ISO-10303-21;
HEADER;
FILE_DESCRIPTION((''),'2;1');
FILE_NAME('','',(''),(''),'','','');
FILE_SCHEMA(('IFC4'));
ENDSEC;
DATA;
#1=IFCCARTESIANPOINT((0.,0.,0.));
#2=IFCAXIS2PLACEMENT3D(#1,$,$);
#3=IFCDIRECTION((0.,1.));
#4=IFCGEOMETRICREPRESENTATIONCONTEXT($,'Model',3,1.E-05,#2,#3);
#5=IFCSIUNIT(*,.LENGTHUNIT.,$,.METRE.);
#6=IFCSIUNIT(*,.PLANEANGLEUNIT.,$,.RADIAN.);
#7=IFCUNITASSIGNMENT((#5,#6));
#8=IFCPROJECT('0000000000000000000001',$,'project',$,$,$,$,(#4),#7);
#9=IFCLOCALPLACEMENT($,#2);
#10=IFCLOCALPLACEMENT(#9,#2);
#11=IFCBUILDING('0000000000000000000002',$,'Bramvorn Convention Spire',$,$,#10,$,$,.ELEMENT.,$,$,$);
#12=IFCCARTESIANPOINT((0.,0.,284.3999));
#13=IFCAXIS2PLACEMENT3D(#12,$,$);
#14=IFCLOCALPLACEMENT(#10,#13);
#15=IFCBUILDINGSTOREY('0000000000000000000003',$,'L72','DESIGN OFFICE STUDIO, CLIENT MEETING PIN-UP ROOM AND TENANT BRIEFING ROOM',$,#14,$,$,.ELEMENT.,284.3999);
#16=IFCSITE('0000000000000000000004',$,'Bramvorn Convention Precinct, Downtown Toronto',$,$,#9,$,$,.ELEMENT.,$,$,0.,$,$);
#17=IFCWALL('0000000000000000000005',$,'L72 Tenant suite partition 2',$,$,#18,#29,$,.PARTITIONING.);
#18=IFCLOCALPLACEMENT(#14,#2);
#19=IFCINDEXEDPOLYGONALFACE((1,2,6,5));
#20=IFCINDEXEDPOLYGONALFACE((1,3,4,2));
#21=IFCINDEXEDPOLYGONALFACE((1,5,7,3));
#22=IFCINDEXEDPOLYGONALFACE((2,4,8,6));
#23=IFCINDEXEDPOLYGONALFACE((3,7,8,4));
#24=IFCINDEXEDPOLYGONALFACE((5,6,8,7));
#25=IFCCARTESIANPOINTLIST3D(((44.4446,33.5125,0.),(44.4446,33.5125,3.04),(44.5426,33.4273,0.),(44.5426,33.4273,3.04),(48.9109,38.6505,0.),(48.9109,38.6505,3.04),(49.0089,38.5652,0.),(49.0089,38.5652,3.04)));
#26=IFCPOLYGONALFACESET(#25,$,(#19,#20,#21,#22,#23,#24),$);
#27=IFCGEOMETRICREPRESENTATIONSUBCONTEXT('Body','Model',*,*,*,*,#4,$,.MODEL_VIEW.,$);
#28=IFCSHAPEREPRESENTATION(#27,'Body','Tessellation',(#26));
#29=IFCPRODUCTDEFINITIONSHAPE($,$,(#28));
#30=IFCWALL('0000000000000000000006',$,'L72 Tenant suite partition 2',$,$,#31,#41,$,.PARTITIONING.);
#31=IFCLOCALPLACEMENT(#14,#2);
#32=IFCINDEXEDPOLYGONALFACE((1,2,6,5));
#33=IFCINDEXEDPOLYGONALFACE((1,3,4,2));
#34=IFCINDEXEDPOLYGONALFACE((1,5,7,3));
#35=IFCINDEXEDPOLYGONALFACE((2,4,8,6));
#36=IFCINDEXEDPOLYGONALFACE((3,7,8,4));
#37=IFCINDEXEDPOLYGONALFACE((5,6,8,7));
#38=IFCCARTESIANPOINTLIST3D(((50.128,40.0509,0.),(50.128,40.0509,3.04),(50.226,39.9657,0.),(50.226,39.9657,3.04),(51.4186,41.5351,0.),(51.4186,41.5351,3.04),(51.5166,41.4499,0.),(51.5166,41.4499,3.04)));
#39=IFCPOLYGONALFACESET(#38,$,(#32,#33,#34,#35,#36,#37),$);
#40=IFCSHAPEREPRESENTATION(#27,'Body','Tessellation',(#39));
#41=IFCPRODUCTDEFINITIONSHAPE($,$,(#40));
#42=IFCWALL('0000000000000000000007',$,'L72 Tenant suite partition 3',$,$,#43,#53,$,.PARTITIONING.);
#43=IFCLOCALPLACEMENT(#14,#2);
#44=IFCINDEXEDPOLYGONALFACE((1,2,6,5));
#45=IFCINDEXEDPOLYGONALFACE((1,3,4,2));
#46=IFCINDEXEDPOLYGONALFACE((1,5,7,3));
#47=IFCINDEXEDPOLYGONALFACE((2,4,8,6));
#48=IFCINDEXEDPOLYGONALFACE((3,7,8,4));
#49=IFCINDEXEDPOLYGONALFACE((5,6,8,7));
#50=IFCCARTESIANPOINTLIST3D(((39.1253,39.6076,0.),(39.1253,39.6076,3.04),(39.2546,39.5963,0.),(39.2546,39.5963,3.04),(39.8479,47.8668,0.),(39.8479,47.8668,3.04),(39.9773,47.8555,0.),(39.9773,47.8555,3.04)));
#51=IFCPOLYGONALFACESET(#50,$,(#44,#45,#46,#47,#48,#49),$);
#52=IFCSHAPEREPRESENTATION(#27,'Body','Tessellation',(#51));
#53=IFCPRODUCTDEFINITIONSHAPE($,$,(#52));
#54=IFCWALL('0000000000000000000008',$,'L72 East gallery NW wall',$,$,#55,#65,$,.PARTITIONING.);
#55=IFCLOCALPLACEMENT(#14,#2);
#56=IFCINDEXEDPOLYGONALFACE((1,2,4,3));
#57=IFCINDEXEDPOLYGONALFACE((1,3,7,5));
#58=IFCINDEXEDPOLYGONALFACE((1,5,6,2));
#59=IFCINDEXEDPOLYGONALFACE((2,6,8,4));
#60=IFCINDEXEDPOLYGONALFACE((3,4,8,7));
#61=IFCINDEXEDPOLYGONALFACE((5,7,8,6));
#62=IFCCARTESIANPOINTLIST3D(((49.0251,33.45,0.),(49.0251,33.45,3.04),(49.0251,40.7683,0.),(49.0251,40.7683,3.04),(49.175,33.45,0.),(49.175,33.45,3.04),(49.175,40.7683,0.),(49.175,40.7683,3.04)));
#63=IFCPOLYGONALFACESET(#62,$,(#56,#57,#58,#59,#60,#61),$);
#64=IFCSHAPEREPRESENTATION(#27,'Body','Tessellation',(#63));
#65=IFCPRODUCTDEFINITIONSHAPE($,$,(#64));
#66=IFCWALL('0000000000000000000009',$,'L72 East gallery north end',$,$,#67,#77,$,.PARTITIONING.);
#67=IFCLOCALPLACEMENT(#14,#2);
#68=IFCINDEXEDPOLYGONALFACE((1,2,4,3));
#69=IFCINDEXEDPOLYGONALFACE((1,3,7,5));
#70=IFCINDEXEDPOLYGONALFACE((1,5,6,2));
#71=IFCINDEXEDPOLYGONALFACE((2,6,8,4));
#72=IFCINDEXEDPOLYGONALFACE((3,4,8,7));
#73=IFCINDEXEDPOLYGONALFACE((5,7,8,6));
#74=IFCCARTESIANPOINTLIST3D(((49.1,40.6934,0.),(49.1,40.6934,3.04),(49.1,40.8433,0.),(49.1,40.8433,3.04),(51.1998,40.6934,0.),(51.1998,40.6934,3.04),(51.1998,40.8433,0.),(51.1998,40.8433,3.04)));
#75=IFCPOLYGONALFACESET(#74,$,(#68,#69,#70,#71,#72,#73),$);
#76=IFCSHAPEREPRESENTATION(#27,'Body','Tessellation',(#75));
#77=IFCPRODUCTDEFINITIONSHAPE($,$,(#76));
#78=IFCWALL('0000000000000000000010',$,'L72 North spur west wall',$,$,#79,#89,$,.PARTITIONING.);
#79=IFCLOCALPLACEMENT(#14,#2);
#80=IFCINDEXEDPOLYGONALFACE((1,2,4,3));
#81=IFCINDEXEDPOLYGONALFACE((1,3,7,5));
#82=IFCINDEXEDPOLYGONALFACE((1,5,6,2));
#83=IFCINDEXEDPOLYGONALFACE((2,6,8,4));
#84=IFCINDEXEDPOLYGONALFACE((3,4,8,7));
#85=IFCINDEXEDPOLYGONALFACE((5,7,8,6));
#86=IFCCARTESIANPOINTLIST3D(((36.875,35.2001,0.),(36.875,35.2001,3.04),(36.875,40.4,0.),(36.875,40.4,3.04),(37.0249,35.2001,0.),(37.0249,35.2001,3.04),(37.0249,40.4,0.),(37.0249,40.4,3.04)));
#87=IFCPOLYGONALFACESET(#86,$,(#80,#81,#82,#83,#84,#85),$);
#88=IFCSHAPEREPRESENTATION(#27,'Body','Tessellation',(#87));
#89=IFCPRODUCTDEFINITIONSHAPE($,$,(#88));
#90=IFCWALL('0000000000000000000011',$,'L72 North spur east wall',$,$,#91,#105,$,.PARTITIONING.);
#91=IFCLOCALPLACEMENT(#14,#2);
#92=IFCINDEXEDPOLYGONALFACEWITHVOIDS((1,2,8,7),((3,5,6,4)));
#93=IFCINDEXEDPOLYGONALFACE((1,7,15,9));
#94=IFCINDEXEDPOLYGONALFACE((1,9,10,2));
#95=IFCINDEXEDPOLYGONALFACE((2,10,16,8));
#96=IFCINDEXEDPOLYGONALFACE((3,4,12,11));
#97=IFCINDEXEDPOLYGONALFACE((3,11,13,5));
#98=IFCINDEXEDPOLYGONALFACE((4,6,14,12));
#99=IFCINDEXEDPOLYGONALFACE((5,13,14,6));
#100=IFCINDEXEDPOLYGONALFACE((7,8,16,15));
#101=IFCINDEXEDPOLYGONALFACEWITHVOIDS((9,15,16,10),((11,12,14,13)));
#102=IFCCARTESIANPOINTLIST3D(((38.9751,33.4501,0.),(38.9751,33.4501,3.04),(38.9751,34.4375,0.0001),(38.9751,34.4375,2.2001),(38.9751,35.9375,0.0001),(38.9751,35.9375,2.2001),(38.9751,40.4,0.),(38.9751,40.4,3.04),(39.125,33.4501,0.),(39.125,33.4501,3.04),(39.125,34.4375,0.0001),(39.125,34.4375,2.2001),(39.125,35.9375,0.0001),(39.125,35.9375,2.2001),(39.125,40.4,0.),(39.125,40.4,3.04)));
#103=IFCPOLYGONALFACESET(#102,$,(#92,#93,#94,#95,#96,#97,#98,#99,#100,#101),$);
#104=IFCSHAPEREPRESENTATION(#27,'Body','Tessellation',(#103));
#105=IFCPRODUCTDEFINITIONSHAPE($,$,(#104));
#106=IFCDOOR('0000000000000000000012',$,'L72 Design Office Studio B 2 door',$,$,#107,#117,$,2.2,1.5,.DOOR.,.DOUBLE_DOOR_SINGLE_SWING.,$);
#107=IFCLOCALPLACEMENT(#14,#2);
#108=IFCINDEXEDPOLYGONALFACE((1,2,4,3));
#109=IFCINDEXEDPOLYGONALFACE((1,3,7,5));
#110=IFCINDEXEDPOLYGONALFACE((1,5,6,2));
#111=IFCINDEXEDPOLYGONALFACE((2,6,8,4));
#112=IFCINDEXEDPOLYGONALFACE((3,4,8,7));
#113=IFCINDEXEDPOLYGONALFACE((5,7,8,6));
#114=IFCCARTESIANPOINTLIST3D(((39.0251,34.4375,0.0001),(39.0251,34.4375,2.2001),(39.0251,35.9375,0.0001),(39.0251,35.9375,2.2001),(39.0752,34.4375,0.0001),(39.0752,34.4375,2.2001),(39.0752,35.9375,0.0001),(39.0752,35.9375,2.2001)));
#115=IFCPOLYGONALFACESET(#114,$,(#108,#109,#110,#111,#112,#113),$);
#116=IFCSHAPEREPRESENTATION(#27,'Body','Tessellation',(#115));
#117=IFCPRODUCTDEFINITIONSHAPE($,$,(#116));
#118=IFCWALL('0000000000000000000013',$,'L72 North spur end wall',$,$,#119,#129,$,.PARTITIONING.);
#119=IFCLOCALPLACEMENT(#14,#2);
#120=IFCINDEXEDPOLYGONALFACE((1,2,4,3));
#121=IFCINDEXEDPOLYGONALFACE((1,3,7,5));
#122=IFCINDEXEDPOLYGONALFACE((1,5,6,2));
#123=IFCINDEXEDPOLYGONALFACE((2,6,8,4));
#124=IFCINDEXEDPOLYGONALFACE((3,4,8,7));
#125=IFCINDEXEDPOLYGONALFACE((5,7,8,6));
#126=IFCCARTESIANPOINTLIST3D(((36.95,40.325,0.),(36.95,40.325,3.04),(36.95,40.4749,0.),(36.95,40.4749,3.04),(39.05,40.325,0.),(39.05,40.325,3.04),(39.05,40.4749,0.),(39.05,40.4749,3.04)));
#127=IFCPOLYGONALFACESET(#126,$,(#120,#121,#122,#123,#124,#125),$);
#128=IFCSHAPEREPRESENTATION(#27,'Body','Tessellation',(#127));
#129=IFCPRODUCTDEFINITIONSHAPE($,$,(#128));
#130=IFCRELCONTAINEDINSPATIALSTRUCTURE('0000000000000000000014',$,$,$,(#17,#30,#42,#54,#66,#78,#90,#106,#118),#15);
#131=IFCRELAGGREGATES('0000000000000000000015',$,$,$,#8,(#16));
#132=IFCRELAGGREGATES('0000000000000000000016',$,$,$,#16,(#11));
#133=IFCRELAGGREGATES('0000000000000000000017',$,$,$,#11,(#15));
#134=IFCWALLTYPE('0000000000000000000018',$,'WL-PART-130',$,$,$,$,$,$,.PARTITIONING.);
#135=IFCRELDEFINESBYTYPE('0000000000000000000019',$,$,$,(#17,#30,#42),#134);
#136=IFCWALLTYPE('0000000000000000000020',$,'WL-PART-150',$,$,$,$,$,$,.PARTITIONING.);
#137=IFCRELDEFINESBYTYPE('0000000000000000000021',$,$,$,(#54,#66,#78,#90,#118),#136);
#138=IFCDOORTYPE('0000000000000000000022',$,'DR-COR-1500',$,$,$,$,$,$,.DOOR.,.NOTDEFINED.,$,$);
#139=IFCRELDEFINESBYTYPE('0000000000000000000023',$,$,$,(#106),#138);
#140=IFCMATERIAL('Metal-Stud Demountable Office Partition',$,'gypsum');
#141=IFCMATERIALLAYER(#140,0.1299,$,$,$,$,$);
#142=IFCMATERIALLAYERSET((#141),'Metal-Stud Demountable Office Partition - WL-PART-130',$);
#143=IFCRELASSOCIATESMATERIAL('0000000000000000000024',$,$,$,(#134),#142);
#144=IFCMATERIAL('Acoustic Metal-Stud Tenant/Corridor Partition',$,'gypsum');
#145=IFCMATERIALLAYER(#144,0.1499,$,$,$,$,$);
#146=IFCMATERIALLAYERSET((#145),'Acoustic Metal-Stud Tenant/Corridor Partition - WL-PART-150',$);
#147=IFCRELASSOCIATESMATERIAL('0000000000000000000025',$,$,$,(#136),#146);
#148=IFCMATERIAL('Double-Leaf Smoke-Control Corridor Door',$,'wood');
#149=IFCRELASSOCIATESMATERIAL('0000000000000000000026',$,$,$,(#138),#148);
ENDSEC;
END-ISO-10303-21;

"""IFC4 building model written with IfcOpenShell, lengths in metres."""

from ifc_helpers import new_model, si_unit, direction, frame, frame_2d, origin, place, context, subcontext, project, spatial, rectangle, extrude, material, layer, layer_set, type_object, element, fill, save


model = new_model("IFC4")

# Units and contexts
model_context = context("Model", 3, precision=1e-05, world=origin(), true_north=direction((0.0, 1.0)))
body_context = subcontext(model_context, "Body", "Model", "MODEL_VIEW")
ifc_project = project(units=[si_unit("LENGTHUNIT", "METRE"), si_unit("PLANEANGLEUNIT", "RADIAN")], contexts=[model_context])

# Site, building, storey
site_placement = place(None, origin())
site = spatial("IfcSite", under=ifc_project, at=site_placement, Name="Bramvorn Convention Precinct, Downtown Toronto", CompositionType="ELEMENT", RefElevation=0.0)
building_placement = place(site_placement, origin())
building = spatial("IfcBuilding", under=site, at=building_placement, Name="Bramvorn Convention Spire", CompositionType="ELEMENT")
storey_placement = place(building_placement, frame((0.0, 0.0, 284.3999)))
storey = spatial("IfcBuildingStorey", under=building, at=storey_placement, Name="L72", Description="DESIGN OFFICE STUDIO, CLIENT MEETING PIN-UP ROOM AND TENANT BRIEFING ROOM", CompositionType="ELEMENT", Elevation=284.3999)

# Walls
ifc_material_1 = material(Name="Metal-Stud Demountable Office Partition", Category="gypsum")
ifc_layer_1 = layer(ifc_material_1, 0.1299)
ifc_layer_set_1 = layer_set([ifc_layer_1], Name="Metal-Stud Demountable Office Partition - WL-PART-130")
wall_type_1 = type_object("IfcWallType", Name="WL-PART-130", PredefinedType="PARTITIONING", material=ifc_layer_set_1)
wall_1_placement = place(storey_placement, frame((44.4937, 33.47, 0.0), z_axis=(0.0, 0.0, 1.0), x_axis=(0.656056, 0.754712, 0.0)))
element("IfcWall", 1, at=wall_1_placement, inside=storey, type_object=wall_type_1, Name="L72 Tenant suite partition 2", PredefinedType="PARTITIONING", context=body_context, shape_type="SweptSolid", body=[
    extrude(rectangle(XDim=6.8079, YDim=0.1299, at=frame_2d((3.4038, 0.0))), origin(), (0.0, 0.0, 1.0), 3.04),
])
wall_2_placement = place(storey_placement, frame((50.177, 40.0083, 0.0), z_axis=(0.0, 0.0, 1.0), x_axis=(0.656173, 0.754611, 0.0)))
element("IfcWall", 2, at=wall_2_placement, inside=storey, type_object=wall_type_1, Name="L72 Tenant suite partition 2", PredefinedType="PARTITIONING", context=body_context, shape_type="SweptSolid", body=[
    extrude(rectangle(XDim=1.9668, YDim=0.1299, at=frame_2d((0.9834, 0.0))), origin(), (0.0, 0.0, 1.0), 3.04),
])
wall_3_placement = place(storey_placement, frame((39.1899, 39.6018, 0.0), z_axis=(0.0, 0.0, 1.0), x_axis=(0.087163, 0.996194, 0.0)))
element("IfcWall", 3, at=wall_3_placement, inside=storey, type_object=wall_type_1, Name="L72 Tenant suite partition 3", PredefinedType="PARTITIONING", context=body_context, shape_type="SweptSolid", body=[
    extrude(rectangle(XDim=8.2908, YDim=0.1299, at=frame_2d((4.1455, 0.0))), origin(), (0.0, 0.0, 1.0), 3.04),
])
ifc_material_2 = material(Name="Acoustic Metal-Stud Tenant/Corridor Partition", Category="gypsum")
ifc_layer_2 = layer(ifc_material_2, 0.1499)
ifc_layer_set_2 = layer_set([ifc_layer_2], Name="Acoustic Metal-Stud Tenant/Corridor Partition - WL-PART-150")
wall_type_2 = type_object("IfcWallType", Name="WL-PART-150", PredefinedType="PARTITIONING", material=ifc_layer_set_2)
wall_4_placement = place(storey_placement, frame((49.1001, 33.45, 0.0), z_axis=(0.0, 0.0, 1.0), x_axis=(0.0, 1.0, 0.0)))
element("IfcWall", 4, at=wall_4_placement, inside=storey, type_object=wall_type_2, Name="L72 East gallery NW wall", PredefinedType="PARTITIONING", context=body_context, shape_type="SweptSolid", body=[
    extrude(rectangle(XDim=7.3184, YDim=0.1499, at=frame_2d((3.6592, 0.0))), origin(), (0.0, 0.0, 1.0), 3.04),
])
wall_5_placement = place(storey_placement, frame((49.1001, 40.7683, 0.0), z_axis=(0.0, 0.0, 1.0), x_axis=(1.0, 0.0, 0.0)))
element("IfcWall", 5, at=wall_5_placement, inside=storey, type_object=wall_type_2, Name="L72 East gallery north end", PredefinedType="PARTITIONING", context=body_context, shape_type="SweptSolid", body=[
    extrude(rectangle(XDim=2.0999, YDim=0.1499, at=frame_2d((1.0498, 0.0))), origin(), (0.0, 0.0, 1.0), 3.04),
])
wall_6_placement = place(storey_placement, frame((36.95, 35.2, 0.0), z_axis=(0.0, 0.0, 1.0), x_axis=(0.0, 1.0, 0.0)))
element("IfcWall", 6, at=wall_6_placement, inside=storey, type_object=wall_type_2, Name="L72 North spur west wall", PredefinedType="PARTITIONING", context=body_context, shape_type="SweptSolid", body=[
    extrude(rectangle(XDim=5.2, YDim=0.1499, at=frame_2d((2.6001, 0.0))), origin(), (0.0, 0.0, 1.0), 3.04),
])

# Wall, opening, door
wall_7_placement = place(storey_placement, frame((39.05, 33.45, 0.0), z_axis=(0.0, 0.0, 1.0), x_axis=(0.0, 1.0, 0.0)))
wall_7 = element("IfcWall", 7, at=wall_7_placement, inside=storey, type_object=wall_type_2, Name="L72 North spur east wall", PredefinedType="PARTITIONING", context=body_context, shape_type="SweptSolid", body=[
    extrude(rectangle(XDim=6.95, YDim=0.1499, at=frame_2d((3.4751, 0.0))), origin(), (0.0, 0.0, 1.0), 3.04),
])
opening_1_placement = place(wall_7_placement, frame((0.9875, 0.0, 0.0)))
opening_1 = element("IfcOpeningElement", 8, at=opening_1_placement, cuts=wall_7, PredefinedType="OPENING", context=body_context, shape_type="SweptSolid", body=[
    extrude(rectangle(XDim=1.5, YDim=2.2, at=frame_2d((0.75, 1.1001))), frame((0.0, 0.085, 0.0), z_axis=(0.0, -1.0, 0.0), x_axis=(1.0, 0.0, 0.0)), (0.0, 0.0, 1.0), 0.1699),
])
ifc_material_3 = material(Name="Double-Leaf Smoke-Control Corridor Door", Category="wood")
door_type_1 = type_object("IfcDoorType", Name="DR-COR-1500", OperationType="NOTDEFINED", PredefinedType="DOOR", material=ifc_material_3)
door_1_placement = place(opening_1_placement, origin())
door_1 = element("IfcDoor", 9, at=door_1_placement, inside=storey, type_object=door_type_1, Name="L72 Design Office Studio B 2 door", OperationType="DOUBLE_DOOR_SINGLE_SWING", OverallHeight=2.2, OverallWidth=1.5, PredefinedType="DOOR", context=body_context, shape_type="SweptSolid", body=[
    extrude(rectangle(XDim=1.5, YDim=2.2, at=frame_2d((0.75, 1.1001))), frame((0.0, 0.0249, 0.0), z_axis=(0.0, -1.0, 0.0), x_axis=(1.0, 0.0, 0.0)), (0.0, 0.0, 1.0), 0.05),
])
fill(opening_1, door_1)

# Wall
wall_8_placement = place(storey_placement, frame((36.95, 40.3999, 0.0), z_axis=(0.0, 0.0, 1.0), x_axis=(1.0, 0.0, 0.0)))
element("IfcWall", 10, at=wall_8_placement, inside=storey, type_object=wall_type_2, Name="L72 North spur end wall", PredefinedType="PARTITIONING", context=body_context, shape_type="SweptSolid", body=[
    extrude(rectangle(XDim=2.1001, YDim=0.1499, at=frame_2d((1.05, 0.0))), origin(), (0.0, 0.0, 1.0), 3.04),
])

save(model, "model.ifc")
